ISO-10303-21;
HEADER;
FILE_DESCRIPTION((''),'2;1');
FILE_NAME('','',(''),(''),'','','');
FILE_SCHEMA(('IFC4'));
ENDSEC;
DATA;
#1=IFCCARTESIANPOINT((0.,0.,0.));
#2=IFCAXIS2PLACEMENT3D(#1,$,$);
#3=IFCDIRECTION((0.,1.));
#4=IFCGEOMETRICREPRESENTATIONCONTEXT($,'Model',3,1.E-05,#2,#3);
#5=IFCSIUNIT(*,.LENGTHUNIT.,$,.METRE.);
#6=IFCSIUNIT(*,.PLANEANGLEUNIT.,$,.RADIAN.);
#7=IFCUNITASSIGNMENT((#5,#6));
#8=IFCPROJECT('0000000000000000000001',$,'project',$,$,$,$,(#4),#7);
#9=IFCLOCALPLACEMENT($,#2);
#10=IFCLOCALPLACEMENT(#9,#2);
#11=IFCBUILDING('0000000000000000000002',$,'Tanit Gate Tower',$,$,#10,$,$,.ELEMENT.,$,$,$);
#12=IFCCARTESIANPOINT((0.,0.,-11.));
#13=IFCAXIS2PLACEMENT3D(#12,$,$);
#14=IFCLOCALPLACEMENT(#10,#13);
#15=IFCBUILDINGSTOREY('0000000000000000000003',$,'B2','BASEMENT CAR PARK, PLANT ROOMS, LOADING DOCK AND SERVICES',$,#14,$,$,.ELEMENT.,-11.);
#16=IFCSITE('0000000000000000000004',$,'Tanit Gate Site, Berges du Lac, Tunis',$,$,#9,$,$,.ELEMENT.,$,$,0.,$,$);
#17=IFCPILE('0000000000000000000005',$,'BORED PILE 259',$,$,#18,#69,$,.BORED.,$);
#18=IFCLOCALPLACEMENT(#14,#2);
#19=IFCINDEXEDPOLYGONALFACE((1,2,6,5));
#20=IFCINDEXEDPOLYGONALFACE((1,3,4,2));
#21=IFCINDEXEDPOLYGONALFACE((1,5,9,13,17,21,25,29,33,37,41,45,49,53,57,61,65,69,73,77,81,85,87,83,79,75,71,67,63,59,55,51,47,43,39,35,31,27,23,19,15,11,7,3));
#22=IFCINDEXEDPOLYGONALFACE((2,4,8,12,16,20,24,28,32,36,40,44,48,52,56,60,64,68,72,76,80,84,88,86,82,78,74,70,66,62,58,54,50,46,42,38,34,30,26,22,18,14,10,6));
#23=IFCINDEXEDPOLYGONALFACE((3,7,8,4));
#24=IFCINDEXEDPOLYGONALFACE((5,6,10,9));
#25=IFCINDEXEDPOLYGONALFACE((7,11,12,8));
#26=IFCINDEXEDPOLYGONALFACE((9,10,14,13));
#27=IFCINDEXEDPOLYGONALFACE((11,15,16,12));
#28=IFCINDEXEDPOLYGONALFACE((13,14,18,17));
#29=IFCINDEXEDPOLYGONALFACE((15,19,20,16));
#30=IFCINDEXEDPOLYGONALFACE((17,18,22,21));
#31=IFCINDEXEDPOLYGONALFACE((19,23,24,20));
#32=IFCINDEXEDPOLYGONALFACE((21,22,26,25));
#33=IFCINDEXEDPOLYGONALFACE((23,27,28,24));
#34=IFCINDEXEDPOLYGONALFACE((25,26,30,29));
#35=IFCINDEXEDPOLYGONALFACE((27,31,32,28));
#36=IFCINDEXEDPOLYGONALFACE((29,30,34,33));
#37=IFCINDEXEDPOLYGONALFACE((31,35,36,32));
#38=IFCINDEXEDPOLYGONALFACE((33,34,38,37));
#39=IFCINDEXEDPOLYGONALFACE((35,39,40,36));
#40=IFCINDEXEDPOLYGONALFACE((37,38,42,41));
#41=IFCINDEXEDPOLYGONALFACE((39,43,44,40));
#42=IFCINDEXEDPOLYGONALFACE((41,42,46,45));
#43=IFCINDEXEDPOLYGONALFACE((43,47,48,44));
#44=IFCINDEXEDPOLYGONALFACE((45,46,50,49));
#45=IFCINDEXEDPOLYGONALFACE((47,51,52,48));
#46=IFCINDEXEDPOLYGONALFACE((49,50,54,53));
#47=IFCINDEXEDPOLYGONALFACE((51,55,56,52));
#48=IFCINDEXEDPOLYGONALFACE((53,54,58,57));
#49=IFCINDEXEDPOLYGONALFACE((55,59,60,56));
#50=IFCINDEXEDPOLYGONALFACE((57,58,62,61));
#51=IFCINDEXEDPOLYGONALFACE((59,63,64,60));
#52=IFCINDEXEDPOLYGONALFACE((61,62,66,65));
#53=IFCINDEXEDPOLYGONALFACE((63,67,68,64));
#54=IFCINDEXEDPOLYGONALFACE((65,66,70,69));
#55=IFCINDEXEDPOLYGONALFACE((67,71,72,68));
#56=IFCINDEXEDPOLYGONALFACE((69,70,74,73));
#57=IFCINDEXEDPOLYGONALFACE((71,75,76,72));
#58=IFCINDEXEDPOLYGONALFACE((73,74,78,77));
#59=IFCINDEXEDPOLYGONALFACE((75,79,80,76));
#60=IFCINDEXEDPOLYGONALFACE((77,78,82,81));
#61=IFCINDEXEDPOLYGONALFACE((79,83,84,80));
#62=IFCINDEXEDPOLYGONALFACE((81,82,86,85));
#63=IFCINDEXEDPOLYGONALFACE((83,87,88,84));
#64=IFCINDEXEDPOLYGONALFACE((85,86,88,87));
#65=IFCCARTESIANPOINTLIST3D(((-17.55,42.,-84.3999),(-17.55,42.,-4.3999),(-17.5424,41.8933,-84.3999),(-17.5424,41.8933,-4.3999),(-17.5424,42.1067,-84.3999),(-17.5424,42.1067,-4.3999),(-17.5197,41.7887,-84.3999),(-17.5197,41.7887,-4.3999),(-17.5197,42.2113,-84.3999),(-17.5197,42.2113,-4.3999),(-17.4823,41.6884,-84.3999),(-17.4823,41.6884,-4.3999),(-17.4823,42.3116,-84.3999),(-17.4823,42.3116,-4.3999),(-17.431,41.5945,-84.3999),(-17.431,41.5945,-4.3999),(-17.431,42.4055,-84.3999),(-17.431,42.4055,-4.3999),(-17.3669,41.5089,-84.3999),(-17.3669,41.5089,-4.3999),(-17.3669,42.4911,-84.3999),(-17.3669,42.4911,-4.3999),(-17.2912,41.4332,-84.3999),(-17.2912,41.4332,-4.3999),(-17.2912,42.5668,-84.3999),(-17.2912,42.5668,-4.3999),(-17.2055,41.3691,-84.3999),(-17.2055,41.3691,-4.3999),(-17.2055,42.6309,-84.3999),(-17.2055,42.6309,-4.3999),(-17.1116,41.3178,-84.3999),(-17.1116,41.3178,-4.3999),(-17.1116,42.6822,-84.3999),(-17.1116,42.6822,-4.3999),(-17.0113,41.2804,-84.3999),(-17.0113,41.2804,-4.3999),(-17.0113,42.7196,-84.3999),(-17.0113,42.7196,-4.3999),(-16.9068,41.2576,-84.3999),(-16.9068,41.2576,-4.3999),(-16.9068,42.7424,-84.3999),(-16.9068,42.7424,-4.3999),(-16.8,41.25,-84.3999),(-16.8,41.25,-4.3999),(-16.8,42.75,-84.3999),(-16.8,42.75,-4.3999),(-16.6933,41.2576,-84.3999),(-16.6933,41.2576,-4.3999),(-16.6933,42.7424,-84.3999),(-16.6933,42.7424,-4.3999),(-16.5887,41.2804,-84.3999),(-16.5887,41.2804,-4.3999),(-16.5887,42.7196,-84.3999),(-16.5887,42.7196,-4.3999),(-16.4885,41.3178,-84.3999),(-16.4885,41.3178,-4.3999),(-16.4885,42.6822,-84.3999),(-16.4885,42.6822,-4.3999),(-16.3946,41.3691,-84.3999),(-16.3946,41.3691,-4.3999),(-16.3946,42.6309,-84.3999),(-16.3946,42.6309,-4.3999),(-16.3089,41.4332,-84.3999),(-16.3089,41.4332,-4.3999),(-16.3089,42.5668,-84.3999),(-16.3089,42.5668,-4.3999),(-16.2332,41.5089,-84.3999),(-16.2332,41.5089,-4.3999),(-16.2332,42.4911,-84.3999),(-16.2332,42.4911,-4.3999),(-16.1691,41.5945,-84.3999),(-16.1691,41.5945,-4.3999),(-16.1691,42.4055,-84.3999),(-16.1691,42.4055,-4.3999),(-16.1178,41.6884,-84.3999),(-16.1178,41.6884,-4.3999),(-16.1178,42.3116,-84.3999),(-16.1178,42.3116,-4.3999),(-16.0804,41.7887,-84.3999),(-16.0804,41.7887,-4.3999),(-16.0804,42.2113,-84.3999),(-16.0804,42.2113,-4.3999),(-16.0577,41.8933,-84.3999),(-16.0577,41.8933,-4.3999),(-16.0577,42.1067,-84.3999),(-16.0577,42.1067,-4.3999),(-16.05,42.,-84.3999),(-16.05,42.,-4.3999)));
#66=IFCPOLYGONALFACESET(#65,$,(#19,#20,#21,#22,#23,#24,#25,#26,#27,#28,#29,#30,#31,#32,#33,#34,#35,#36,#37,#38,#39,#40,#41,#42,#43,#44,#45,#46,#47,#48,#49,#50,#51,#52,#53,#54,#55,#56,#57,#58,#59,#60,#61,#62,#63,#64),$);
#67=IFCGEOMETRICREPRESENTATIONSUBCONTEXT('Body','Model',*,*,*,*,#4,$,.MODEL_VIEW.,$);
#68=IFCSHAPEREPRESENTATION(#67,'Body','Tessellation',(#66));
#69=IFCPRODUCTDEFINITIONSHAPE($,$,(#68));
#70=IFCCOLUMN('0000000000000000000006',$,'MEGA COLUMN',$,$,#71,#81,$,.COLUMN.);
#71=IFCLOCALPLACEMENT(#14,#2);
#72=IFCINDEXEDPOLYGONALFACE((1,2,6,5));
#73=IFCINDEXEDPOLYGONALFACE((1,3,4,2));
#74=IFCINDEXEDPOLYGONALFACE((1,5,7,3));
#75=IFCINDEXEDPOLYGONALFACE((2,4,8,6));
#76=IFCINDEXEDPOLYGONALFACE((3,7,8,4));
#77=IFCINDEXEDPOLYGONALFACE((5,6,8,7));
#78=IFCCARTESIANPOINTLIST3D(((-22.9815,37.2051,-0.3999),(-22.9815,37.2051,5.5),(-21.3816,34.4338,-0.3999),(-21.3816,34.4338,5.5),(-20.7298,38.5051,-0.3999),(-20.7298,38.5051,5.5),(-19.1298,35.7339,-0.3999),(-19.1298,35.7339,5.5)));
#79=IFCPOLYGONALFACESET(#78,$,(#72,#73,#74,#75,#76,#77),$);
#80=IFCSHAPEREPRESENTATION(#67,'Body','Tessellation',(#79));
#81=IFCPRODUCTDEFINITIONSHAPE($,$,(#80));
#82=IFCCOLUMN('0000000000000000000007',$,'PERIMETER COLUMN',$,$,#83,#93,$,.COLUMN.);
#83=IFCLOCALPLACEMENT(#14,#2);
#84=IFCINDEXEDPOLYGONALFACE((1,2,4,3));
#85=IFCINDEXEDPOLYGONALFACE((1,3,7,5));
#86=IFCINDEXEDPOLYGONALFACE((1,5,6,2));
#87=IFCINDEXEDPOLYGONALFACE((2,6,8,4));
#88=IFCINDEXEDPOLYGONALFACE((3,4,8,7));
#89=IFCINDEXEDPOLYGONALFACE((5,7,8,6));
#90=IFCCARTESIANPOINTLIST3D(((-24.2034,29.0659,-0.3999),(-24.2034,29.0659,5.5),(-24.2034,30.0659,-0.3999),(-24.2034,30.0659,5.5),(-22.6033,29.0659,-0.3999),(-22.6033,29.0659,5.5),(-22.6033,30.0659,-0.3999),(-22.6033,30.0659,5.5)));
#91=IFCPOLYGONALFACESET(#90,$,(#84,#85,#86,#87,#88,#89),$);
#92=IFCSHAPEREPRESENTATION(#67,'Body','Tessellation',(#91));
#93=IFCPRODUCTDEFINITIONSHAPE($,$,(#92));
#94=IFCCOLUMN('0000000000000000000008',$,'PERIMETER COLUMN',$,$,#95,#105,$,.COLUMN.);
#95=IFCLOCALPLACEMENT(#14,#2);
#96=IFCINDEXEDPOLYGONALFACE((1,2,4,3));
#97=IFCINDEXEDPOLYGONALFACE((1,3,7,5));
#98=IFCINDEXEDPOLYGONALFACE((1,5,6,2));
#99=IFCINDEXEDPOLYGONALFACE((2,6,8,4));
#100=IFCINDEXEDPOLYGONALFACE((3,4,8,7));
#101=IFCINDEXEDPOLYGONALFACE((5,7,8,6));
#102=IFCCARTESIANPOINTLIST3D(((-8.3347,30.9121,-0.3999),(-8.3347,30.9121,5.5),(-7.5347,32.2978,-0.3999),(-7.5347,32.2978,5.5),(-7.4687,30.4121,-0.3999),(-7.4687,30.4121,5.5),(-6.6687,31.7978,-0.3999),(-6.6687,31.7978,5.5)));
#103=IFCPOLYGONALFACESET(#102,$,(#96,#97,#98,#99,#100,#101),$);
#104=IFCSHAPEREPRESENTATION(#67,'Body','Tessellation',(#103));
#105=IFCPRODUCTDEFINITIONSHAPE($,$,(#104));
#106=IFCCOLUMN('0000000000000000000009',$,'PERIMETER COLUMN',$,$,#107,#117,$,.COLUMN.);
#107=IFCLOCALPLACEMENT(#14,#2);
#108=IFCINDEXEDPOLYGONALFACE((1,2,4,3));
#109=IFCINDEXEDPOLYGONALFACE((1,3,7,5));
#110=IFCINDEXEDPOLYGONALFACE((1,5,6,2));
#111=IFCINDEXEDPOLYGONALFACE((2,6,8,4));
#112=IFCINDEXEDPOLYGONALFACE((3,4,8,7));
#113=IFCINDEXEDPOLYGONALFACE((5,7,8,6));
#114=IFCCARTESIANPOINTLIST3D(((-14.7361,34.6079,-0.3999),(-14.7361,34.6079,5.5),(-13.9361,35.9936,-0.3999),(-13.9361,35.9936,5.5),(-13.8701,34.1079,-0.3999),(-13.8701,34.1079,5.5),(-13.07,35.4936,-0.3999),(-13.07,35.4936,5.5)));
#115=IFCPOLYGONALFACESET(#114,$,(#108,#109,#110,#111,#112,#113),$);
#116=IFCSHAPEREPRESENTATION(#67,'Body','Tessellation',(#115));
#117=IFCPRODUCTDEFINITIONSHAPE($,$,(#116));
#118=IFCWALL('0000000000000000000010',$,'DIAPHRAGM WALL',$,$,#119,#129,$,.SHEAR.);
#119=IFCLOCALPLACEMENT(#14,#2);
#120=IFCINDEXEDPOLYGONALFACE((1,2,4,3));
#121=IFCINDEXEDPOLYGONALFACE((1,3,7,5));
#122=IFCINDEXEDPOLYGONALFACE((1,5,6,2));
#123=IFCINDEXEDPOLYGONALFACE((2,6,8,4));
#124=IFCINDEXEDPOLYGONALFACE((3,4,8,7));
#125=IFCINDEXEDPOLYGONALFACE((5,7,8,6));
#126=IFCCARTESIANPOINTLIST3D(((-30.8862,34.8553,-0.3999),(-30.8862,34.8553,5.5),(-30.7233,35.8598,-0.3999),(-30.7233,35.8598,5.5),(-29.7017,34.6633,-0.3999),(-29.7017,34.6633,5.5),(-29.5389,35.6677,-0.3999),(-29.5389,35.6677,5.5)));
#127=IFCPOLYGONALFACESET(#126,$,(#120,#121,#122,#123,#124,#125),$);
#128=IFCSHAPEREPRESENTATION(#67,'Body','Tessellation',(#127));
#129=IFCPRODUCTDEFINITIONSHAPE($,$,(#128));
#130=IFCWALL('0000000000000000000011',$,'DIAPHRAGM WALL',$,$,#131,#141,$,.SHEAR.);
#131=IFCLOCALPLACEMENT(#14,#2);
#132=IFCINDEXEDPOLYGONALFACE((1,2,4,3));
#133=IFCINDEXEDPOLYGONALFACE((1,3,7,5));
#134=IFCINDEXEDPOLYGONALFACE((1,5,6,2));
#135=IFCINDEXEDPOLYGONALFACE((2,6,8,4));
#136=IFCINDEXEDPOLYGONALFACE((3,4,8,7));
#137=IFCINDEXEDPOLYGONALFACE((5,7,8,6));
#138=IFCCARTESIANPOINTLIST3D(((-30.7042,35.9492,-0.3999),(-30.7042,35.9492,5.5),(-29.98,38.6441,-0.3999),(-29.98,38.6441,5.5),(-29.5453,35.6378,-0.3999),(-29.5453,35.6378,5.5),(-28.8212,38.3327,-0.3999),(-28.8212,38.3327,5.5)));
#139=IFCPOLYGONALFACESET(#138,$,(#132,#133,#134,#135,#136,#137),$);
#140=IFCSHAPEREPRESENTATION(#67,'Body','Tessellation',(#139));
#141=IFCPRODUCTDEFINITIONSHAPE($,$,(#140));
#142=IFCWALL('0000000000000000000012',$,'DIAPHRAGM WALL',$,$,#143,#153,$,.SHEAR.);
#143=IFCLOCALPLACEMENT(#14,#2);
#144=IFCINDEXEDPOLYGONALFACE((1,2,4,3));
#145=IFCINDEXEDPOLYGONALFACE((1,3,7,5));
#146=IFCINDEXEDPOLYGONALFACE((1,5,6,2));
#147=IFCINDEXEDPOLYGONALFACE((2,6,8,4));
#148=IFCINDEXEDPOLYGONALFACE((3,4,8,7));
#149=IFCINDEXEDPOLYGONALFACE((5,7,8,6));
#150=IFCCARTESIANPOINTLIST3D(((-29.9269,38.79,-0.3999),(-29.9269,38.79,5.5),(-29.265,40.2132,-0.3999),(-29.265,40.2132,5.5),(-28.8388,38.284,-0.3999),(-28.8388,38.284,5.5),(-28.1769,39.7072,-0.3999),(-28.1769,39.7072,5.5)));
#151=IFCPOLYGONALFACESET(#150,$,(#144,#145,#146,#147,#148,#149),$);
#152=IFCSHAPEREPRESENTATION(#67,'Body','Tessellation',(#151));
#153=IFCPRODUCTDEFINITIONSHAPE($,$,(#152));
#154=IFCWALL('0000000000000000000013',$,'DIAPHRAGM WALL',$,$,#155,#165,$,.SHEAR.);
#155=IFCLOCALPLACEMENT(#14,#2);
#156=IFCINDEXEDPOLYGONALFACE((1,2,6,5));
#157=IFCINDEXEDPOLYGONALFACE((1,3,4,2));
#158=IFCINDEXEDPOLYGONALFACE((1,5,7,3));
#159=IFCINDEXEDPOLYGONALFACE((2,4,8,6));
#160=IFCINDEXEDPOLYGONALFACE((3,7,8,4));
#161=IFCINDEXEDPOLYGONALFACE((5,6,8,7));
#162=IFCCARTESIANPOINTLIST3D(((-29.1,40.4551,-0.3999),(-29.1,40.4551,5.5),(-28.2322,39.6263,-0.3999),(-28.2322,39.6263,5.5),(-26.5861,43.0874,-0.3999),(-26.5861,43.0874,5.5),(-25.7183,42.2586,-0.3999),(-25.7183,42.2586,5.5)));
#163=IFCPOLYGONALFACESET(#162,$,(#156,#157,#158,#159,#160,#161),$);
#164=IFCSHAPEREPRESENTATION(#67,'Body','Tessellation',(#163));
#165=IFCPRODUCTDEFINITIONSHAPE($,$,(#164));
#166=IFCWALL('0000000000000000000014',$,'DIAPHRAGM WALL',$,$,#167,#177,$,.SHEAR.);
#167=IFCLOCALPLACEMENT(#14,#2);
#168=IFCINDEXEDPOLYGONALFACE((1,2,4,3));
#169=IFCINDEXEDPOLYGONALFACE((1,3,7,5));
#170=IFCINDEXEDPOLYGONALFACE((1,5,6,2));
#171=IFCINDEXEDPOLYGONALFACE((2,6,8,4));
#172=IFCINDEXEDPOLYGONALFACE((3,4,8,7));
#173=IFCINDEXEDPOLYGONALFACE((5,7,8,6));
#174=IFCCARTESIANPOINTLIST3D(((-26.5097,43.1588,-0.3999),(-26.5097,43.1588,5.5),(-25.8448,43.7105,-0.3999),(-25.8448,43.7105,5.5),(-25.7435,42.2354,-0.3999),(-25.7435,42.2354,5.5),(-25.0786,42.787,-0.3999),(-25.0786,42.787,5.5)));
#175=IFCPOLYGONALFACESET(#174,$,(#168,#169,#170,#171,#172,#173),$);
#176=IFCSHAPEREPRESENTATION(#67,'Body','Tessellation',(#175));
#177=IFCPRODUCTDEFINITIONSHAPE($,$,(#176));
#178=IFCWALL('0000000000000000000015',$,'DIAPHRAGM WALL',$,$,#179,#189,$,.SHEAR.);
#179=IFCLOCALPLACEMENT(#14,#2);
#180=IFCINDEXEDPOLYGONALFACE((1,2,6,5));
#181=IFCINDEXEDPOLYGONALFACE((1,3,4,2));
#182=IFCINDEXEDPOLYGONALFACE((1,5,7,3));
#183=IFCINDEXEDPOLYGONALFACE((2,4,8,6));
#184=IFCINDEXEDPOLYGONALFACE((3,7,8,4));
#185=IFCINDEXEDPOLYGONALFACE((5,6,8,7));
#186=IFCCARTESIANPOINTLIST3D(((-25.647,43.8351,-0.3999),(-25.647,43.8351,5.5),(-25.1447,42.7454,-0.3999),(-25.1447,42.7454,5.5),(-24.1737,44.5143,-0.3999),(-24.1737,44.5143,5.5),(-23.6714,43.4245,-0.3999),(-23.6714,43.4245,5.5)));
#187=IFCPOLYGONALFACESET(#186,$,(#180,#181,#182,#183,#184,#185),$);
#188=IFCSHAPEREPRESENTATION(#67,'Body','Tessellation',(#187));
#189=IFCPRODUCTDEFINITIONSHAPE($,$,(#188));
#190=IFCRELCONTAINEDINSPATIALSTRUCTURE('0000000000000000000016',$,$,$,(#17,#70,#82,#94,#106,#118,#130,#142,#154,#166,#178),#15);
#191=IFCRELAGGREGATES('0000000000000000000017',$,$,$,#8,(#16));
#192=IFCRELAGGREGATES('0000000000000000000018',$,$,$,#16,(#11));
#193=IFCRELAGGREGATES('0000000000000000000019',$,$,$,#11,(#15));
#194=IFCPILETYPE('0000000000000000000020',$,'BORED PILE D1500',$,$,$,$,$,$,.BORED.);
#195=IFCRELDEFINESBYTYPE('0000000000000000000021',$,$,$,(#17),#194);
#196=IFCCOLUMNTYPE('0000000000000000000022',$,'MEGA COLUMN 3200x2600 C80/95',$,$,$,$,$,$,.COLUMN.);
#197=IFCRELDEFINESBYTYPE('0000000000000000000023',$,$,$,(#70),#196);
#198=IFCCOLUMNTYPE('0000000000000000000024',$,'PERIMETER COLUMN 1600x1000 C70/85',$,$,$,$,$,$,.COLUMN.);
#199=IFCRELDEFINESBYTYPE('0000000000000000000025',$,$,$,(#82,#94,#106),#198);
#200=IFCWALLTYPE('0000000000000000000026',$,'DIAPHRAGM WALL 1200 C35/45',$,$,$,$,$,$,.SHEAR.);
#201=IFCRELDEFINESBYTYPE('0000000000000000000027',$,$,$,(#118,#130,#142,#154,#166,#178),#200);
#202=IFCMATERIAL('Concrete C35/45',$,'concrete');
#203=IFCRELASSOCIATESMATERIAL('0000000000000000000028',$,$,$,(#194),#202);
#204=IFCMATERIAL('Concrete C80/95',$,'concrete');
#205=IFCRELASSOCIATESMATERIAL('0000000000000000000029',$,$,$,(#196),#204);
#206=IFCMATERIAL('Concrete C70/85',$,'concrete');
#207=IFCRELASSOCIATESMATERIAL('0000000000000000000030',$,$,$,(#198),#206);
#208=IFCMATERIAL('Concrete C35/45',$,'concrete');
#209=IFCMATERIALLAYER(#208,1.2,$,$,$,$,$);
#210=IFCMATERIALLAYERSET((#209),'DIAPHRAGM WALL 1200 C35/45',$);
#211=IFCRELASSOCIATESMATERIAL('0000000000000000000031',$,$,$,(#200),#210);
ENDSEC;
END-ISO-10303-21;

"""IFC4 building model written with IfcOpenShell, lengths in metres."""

from ifc_helpers import new_model, si_unit, direction, frame, frame_2d, origin, origin_2d, place, context, subcontext, project, spatial, rectangle, circle, extrude, material, layer, layer_set, material_profile, profile_set, type_object, element, save


model = new_model("IFC4")

# Units and contexts
model_context = context("Model", 3, precision=1e-05, world=origin(), true_north=direction((0.0, 1.0)))
body_context = subcontext(model_context, "Body", "Model", "MODEL_VIEW")
ifc_project = project(units=[si_unit("LENGTHUNIT", "METRE"), si_unit("PLANEANGLEUNIT", "RADIAN")], contexts=[model_context])

# Site, building, storey
site_placement = place(None, origin())
site = spatial("IfcSite", under=ifc_project, at=site_placement, Name="Tanit Gate Site, Berges du Lac, Tunis", CompositionType="ELEMENT", RefElevation=0.0)
building_placement = place(site_placement, origin())
building = spatial("IfcBuilding", under=site, at=building_placement, Name="Tanit Gate Tower", CompositionType="ELEMENT")
storey_placement = place(building_placement, frame((0.0, 0.0, -11.0)))
storey = spatial("IfcBuildingStorey", under=building, at=storey_placement, Name="B2", Description="BASEMENT CAR PARK, PLANT ROOMS, LOADING DOCK AND SERVICES", CompositionType="ELEMENT", Elevation=-11.0)

# Pile
ifc_material_1 = material(Name="Concrete C35/45", Category="concrete")
ifc_material_profile_1 = material_profile(ifc_material_1, circle(Radius=0.75, at=origin_2d()), Name="BORED PILE D1500 C35/45")
ifc_profile_set_1 = profile_set([ifc_material_profile_1], Name="Concrete C35/45")
pile_type = type_object("IfcPileType", Name="BORED PILE D1500", PredefinedType="BORED", material=ifc_profile_set_1)
for number, where, z_axis, x_axis, name in (
    (1, (-16.8, 42.0, -4.3999), (0.0, 0.0, -1.0), (1.0, 0.0, 0.0), "BORED PILE 259"),
):
    element("IfcPile", number, at=place(storey_placement, frame(where, z_axis=z_axis, x_axis=x_axis)), inside=storey, type_object=pile_type, Name=name, PredefinedType="BORED", context=body_context, shape_type="SweptSolid", body=[
        extrude(circle(Radius=0.75, at=origin_2d()), origin(), (0.0, 0.0, 1.0), 80.0),
    ])

# Columns
ifc_material_2 = material(Name="Concrete C80/95", Category="concrete")
ifc_material_profile_2 = material_profile(ifc_material_2, rectangle(XDim=3.2, YDim=2.6001, at=origin_2d()), Name="RC 3200x2600")
ifc_profile_set_2 = profile_set([ifc_material_profile_2], Name="Concrete C80/95")
column_type_1 = type_object("IfcColumnType", Name="MEGA COLUMN 3200x2600 C80/95", PredefinedType="COLUMN", material=ifc_profile_set_2)
column_placement = place(storey_placement, frame((-21.0557, 36.4695, -0.3999), z_axis=(0.0, 0.0, 1.0), x_axis=(-0.5, 0.866025, 0.0)))
element("IfcColumn", 2, at=column_placement, inside=storey, type_object=column_type_1, Name="MEGA COLUMN", PredefinedType="COLUMN", context=body_context, shape_type="SweptSolid", body=[
    extrude(rectangle(XDim=3.2, YDim=2.6001, at=origin_2d()), origin(), (0.0, 0.0, 1.0), 5.8999),
])
ifc_material_3 = material(Name="Concrete C70/85", Category="concrete")
ifc_material_profile_3 = material_profile(ifc_material_3, rectangle(XDim=1.6001, YDim=1.0, at=origin_2d()), Name="RC 1600x1000")
ifc_profile_set_3 = profile_set([ifc_material_profile_3], Name="Concrete C70/85")
column_type_2 = type_object("IfcColumnType", Name="PERIMETER COLUMN 1600x1000 C70/85", PredefinedType="COLUMN", material=ifc_profile_set_3)
for number, where, z_axis, x_axis, name in (
    (3, (-23.4033, 29.5659, -0.3999), (0.0, 0.0, 1.0), (-1.0, 0.0, 0.0), "PERIMETER COLUMN"),
    (4, (-7.5017, 31.355, -0.3999), (0.0, 0.0, 1.0), (0.5, 0.866025, 0.0), "PERIMETER COLUMN"),
    (5, (-13.9031, 35.0508, -0.3999), (0.0, 0.0, 1.0), (0.5, 0.866025, 0.0), "PERIMETER COLUMN"),
):
    element("IfcColumn", number, at=place(storey_placement, frame(where, z_axis=z_axis, x_axis=x_axis)), inside=storey, type_object=column_type_2, Name=name, PredefinedType="COLUMN", context=body_context, shape_type="SweptSolid", body=[
        extrude(rectangle(XDim=1.6001, YDim=1.0, at=origin_2d()), origin(), (0.0, 0.0, 1.0), 5.8999),
    ])

# Walls
ifc_material_4 = material(Name="Concrete C35/45", Category="concrete")
ifc_layer_1 = layer(ifc_material_4, 1.2)
ifc_layer_set_1 = layer_set([ifc_layer_1], Name="DIAPHRAGM WALL 1200 C35/45")
wall_type_1 = type_object("IfcWallType", Name="DIAPHRAGM WALL 1200 C35/45", PredefinedType="SHEAR", material=ifc_layer_set_1)
wall_1_placement = place(storey_placement, frame((-30.2939, 34.7593, -0.3999), z_axis=(0.0, 0.0, 1.0), x_axis=(0.16004, 0.987111, 0.0)))
element("IfcWall", 6, at=wall_1_placement, inside=storey, type_object=wall_type_1, Name="DIAPHRAGM WALL", PredefinedType="SHEAR", context=body_context, shape_type="SweptSolid", body=[
    extrude(rectangle(XDim=1.0176, YDim=1.2, at=frame_2d((0.5088, 0.0))), origin(), (0.0, 0.0, 1.0), 5.8999),
])
wall_2_placement = place(storey_placement, frame((-30.1248, 35.7935, -0.3999), z_axis=(0.0, 0.0, 1.0), x_axis=(0.259503, 0.965742, 0.0)))
element("IfcWall", 7, at=wall_2_placement, inside=storey, type_object=wall_type_1, Name="DIAPHRAGM WALL", PredefinedType="SHEAR", context=body_context, shape_type="SweptSolid", body=[
    extrude(rectangle(XDim=2.7905, YDim=1.2, at=frame_2d((1.3953, 0.0))), origin(), (0.0, 0.0, 1.0), 5.8999),
])
wall_3_placement = place(storey_placement, frame((-29.3828, 38.5371, -0.3999), z_axis=(0.0, 0.0, 1.0), x_axis=(0.42171, 0.906731, 0.0)))
element("IfcWall", 8, at=wall_3_placement, inside=storey, type_object=wall_type_1, Name="DIAPHRAGM WALL", PredefinedType="SHEAR", context=body_context, shape_type="SweptSolid", body=[
    extrude(rectangle(XDim=1.5696, YDim=1.2, at=frame_2d((0.7847, 0.0))), origin(), (0.0, 0.0, 1.0), 5.8999),
])
wall_4_placement = place(storey_placement, frame((-28.666, 40.0408, -0.3999), z_axis=(0.0, 0.0, 1.0), x_axis=(0.690654, 0.723185, 0.0)))
element("IfcWall", 9, at=wall_4_placement, inside=storey, type_object=wall_type_1, Name="DIAPHRAGM WALL", PredefinedType="SHEAR", context=body_context, shape_type="SweptSolid", body=[
    extrude(rectangle(XDim=3.6399, YDim=1.2, at=frame_2d((1.8198, 0.0))), origin(), (0.0, 0.0, 1.0), 5.8999),
])
wall_5_placement = place(storey_placement, frame((-26.1267, 42.697, -0.3999), z_axis=(0.0, 0.0, 1.0), x_axis=(0.769609, 0.638516, 0.0)))
element("IfcWall", 10, at=wall_5_placement, inside=storey, type_object=wall_type_1, Name="DIAPHRAGM WALL", PredefinedType="SHEAR", context=body_context, shape_type="SweptSolid", body=[
    extrude(rectangle(XDim=0.864, YDim=1.2, at=frame_2d((0.4321, 0.0))), origin(), (0.0, 0.0, 1.0), 5.8999),
])
wall_6_placement = place(storey_placement, frame((-25.3958, 43.2903, -0.3999), z_axis=(0.0, 0.0, 1.0), x_axis=(0.908153, 0.418638, 0.0)))
element("IfcWall", 11, at=wall_6_placement, inside=storey, type_object=wall_type_1, Name="DIAPHRAGM WALL", PredefinedType="SHEAR", context=body_context, shape_type="SweptSolid", body=[
    extrude(rectangle(XDim=1.6223, YDim=1.2, at=frame_2d((0.811, 0.0))), origin(), (0.0, 0.0, 1.0), 5.8999),
])

save(model, "model.ifc")
